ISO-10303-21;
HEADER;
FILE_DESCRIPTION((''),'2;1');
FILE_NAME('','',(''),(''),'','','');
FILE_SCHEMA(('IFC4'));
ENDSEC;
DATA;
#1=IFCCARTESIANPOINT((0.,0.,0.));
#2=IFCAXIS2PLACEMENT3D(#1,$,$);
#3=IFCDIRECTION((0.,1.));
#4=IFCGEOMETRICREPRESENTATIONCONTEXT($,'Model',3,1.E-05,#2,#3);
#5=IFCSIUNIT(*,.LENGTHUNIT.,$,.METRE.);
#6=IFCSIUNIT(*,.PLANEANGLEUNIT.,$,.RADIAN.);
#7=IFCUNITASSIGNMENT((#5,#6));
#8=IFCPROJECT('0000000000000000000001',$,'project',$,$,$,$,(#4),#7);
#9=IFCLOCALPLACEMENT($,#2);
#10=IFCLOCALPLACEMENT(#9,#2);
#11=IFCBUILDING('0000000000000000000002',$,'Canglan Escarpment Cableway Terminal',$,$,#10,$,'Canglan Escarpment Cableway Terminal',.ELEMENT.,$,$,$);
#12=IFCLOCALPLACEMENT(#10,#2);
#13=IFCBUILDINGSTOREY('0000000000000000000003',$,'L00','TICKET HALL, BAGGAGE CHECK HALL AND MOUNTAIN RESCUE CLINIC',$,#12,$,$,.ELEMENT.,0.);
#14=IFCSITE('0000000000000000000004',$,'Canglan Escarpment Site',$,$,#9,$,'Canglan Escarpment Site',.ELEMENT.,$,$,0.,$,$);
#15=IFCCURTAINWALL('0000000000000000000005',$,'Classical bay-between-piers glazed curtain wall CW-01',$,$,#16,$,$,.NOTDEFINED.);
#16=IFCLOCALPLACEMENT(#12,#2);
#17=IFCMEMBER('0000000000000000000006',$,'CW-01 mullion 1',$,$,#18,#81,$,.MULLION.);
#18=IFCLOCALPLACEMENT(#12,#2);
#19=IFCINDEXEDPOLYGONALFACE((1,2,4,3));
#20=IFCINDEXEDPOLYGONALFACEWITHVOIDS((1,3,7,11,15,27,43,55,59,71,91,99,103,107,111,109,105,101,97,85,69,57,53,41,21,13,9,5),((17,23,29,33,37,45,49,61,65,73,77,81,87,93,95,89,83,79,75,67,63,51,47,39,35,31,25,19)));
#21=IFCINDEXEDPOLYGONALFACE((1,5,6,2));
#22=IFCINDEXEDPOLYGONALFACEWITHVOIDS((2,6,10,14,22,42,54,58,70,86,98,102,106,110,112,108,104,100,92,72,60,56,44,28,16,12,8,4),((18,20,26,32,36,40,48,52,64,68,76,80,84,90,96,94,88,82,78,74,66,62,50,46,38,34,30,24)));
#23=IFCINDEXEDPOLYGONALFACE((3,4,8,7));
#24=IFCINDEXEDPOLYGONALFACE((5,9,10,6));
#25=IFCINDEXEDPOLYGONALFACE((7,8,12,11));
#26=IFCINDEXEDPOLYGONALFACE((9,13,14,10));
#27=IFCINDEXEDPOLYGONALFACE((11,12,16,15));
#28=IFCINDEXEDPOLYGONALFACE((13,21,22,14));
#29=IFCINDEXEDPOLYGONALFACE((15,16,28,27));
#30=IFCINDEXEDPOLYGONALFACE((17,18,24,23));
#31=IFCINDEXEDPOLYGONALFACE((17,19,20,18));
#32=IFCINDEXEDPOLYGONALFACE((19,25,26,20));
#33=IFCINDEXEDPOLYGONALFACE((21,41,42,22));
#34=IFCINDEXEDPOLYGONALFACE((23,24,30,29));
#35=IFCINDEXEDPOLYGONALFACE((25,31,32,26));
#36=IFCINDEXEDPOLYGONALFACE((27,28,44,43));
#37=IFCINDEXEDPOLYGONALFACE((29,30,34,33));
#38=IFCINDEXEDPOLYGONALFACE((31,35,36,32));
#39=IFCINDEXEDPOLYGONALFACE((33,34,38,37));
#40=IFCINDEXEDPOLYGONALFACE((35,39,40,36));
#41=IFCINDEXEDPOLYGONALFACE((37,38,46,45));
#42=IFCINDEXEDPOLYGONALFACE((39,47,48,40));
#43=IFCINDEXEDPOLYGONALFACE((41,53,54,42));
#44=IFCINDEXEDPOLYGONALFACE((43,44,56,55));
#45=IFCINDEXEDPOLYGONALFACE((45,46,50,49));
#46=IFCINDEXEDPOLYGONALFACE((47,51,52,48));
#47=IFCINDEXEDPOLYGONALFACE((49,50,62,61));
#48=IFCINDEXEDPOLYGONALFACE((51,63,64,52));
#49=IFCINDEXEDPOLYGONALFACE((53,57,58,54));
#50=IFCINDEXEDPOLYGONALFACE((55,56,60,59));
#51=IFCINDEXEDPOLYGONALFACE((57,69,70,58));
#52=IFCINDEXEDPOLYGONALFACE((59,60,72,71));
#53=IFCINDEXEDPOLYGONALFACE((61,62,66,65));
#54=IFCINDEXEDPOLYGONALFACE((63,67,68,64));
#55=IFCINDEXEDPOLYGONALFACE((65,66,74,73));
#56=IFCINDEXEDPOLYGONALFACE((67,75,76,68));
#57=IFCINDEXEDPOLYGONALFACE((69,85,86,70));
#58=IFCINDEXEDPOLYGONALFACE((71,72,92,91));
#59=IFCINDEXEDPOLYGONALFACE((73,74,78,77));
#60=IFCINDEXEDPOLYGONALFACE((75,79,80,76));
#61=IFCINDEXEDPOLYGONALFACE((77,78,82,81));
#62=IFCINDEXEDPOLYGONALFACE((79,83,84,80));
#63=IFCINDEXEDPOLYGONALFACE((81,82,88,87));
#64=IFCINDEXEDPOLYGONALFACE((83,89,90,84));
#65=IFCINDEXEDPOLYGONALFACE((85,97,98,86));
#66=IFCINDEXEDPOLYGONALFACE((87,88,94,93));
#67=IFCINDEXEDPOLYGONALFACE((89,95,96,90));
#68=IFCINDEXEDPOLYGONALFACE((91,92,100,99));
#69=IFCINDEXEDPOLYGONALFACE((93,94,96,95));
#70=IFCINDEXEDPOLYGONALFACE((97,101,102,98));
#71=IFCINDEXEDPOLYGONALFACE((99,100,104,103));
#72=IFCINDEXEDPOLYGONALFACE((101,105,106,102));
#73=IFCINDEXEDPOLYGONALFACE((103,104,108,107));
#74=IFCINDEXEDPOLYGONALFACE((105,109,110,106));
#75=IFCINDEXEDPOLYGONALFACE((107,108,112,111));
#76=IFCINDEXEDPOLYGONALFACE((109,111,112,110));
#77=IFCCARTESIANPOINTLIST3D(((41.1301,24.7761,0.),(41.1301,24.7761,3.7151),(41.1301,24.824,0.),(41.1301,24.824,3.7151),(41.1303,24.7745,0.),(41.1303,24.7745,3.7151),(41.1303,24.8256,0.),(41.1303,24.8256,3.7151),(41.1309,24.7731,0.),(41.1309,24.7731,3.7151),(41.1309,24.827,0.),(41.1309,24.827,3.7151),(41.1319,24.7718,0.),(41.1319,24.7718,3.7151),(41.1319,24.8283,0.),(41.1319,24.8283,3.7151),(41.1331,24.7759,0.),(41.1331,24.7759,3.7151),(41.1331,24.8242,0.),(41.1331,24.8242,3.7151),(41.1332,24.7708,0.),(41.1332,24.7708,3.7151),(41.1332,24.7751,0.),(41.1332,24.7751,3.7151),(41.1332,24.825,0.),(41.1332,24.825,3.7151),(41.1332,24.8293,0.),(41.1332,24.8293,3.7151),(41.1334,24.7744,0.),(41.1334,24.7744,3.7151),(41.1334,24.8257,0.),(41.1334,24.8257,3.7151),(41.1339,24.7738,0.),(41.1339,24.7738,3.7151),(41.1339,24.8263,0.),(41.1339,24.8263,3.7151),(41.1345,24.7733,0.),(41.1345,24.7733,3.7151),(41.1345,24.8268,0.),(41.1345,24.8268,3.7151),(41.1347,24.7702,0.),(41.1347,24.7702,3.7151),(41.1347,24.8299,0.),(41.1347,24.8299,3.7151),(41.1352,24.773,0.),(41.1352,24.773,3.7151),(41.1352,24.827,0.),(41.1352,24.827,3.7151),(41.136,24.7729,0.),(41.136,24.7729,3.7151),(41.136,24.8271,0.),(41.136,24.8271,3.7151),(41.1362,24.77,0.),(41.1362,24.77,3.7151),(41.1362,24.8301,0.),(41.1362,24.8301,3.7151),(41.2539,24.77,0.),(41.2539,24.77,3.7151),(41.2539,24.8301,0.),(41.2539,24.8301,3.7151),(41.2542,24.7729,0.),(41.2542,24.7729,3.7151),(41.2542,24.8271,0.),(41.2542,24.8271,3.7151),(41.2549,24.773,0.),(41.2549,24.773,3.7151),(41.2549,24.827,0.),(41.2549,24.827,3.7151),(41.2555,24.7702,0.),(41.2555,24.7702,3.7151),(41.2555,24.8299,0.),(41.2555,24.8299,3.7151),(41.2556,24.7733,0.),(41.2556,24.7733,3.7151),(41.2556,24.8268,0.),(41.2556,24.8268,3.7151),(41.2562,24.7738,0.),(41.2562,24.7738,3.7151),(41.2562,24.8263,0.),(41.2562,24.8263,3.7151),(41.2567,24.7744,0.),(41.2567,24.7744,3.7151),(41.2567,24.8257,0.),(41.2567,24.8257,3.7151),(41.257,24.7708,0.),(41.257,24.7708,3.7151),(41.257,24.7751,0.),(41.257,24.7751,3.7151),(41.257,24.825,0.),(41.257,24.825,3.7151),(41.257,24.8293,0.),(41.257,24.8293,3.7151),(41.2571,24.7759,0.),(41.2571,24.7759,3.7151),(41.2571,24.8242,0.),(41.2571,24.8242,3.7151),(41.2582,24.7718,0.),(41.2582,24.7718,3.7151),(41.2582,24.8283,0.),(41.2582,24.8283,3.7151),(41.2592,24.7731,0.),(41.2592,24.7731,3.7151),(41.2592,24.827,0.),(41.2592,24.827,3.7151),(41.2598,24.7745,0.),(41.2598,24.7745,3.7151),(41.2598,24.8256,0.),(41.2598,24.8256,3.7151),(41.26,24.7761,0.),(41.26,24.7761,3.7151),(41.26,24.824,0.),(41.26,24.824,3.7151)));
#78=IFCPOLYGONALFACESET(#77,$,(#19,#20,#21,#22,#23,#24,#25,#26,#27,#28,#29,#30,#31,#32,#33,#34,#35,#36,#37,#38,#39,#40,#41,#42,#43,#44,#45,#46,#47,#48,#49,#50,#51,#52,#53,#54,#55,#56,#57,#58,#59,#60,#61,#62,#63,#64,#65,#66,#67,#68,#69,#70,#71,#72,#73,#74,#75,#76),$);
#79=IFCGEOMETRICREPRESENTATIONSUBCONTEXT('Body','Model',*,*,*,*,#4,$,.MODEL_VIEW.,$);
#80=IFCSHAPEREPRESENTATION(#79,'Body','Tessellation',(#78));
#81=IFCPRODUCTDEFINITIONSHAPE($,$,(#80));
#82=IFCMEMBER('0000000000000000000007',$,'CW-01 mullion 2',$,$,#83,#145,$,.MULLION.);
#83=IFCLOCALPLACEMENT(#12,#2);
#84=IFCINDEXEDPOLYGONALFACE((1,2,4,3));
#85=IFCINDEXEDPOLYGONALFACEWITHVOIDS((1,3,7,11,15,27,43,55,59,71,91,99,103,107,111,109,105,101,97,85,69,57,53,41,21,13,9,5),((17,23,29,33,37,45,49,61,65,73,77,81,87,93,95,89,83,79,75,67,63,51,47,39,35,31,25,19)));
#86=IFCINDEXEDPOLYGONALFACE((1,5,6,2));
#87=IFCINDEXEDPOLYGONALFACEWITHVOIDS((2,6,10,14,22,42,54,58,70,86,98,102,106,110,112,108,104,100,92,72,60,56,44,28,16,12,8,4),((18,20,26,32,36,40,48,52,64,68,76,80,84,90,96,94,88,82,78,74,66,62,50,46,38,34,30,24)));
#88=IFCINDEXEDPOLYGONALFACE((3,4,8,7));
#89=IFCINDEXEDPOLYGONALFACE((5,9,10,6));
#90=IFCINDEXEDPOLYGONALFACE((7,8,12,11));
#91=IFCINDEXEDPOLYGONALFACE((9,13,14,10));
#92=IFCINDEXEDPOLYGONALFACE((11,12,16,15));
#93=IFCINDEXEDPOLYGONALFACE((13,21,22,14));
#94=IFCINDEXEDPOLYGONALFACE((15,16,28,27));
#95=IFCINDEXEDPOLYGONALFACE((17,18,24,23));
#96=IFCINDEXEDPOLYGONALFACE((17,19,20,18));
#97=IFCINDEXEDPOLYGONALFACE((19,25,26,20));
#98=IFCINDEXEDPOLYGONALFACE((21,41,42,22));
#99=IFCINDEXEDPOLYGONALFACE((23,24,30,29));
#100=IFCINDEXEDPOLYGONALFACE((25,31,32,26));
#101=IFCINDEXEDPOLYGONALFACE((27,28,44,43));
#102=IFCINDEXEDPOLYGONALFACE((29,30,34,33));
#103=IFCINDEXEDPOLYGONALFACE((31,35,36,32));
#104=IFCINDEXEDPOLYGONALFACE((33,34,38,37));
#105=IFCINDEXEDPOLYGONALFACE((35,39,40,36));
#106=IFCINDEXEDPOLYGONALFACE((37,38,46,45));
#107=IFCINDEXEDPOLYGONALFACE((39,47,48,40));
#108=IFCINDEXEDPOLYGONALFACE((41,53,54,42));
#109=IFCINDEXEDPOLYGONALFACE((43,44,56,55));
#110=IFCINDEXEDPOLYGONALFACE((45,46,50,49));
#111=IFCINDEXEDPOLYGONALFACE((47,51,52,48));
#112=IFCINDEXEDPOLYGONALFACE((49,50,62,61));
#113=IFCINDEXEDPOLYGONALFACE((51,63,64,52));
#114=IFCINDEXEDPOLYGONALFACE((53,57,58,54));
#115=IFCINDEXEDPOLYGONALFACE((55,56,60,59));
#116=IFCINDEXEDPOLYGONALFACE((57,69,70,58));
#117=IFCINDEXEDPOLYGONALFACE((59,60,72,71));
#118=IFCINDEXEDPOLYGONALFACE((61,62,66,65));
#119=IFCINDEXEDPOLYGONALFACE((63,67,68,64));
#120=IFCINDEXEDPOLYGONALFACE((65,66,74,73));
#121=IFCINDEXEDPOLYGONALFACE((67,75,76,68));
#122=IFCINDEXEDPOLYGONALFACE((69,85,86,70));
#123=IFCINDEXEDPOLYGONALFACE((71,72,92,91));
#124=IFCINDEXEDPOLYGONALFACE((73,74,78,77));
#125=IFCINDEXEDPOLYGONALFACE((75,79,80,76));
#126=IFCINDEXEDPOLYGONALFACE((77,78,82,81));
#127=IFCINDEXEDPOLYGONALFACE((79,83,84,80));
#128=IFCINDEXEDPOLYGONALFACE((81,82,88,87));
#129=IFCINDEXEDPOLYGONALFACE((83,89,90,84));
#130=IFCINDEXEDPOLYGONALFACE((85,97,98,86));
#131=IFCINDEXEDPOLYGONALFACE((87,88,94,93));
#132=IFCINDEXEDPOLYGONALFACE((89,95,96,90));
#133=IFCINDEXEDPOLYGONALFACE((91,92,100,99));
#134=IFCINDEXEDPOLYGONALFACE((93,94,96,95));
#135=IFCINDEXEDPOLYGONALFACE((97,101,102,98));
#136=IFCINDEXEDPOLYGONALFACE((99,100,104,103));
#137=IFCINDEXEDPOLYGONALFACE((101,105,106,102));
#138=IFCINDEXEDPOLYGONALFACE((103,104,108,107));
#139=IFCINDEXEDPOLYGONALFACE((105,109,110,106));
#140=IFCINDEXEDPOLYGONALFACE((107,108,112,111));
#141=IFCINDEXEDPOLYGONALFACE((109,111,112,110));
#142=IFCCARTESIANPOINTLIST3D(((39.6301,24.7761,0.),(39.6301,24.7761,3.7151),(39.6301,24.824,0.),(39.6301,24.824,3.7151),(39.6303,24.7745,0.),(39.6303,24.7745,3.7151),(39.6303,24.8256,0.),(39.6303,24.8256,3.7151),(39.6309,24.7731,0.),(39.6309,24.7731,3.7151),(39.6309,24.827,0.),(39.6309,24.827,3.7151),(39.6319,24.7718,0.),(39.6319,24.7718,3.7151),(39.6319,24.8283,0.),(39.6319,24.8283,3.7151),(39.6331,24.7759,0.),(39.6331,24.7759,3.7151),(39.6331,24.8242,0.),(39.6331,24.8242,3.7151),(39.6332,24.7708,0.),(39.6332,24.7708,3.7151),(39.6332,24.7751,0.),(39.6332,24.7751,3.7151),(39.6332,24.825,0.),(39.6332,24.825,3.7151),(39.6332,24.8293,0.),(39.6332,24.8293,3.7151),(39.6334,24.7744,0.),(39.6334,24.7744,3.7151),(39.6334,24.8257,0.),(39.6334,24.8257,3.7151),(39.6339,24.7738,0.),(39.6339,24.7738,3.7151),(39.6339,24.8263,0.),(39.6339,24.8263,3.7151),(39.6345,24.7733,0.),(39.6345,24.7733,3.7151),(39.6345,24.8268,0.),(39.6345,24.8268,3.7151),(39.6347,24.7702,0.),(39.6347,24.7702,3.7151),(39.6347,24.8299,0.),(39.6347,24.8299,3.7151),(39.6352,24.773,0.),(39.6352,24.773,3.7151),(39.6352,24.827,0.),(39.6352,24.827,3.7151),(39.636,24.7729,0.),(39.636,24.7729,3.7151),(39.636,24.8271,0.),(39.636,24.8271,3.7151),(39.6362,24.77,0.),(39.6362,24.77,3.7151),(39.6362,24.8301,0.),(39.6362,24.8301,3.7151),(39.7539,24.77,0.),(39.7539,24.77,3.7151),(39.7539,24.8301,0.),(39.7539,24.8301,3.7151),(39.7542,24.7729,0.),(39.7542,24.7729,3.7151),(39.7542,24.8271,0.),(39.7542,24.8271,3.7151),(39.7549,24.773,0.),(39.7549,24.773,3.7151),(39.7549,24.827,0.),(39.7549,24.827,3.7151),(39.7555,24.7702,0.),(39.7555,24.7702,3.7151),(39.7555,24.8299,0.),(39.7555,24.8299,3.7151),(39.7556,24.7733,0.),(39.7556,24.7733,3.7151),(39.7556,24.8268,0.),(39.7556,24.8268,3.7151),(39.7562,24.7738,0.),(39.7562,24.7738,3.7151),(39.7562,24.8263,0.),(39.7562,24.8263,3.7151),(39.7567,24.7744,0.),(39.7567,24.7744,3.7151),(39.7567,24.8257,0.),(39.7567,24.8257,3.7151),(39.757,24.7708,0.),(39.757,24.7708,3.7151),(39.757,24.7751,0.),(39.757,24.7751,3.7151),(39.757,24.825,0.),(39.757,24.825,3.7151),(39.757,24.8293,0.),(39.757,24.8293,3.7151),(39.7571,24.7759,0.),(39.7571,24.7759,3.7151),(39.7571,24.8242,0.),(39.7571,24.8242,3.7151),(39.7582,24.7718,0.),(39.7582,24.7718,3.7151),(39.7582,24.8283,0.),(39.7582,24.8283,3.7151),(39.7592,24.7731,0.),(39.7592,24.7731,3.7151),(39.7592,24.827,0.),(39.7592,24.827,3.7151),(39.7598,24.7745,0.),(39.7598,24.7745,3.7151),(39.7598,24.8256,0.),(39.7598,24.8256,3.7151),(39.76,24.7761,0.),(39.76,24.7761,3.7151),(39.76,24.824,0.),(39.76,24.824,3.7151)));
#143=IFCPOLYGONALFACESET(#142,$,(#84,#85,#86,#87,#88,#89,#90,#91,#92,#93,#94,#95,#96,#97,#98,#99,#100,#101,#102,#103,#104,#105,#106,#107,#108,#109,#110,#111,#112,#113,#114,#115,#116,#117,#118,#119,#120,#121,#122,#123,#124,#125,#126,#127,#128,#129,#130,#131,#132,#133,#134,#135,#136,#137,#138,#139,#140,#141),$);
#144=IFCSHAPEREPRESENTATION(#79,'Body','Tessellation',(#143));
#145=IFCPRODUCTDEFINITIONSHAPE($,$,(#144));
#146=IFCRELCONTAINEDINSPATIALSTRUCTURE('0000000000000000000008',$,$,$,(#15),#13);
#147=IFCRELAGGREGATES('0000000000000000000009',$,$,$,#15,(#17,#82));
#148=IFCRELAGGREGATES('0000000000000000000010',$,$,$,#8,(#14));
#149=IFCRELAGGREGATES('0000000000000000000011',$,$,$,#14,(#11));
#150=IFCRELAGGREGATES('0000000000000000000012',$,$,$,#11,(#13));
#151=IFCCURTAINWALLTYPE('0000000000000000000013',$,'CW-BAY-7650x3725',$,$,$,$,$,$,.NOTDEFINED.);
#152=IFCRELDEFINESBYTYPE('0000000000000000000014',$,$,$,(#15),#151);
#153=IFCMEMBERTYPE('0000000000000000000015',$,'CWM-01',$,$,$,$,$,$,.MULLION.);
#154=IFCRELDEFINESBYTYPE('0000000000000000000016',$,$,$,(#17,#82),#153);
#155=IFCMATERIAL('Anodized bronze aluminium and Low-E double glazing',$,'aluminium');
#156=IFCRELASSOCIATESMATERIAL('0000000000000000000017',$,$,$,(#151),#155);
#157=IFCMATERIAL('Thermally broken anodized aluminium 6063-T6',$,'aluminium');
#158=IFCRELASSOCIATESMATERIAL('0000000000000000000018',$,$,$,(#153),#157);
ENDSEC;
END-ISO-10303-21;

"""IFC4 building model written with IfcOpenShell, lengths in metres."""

from ifc_helpers import new_model, si_unit, direction, frame, origin, origin_2d, place, context, subcontext, project, spatial, hollow_rectangle, extrude, material, material_profile, profile_set, type_object, element, aggregate, save


model = new_model("IFC4")

# Units and contexts
model_context = context("Model", 3, precision=1e-05, world=origin(), true_north=direction((0.0, 1.0)))
body_context = subcontext(model_context, "Body", "Model", "MODEL_VIEW")
ifc_project = project(units=[si_unit("LENGTHUNIT", "METRE"), si_unit("PLANEANGLEUNIT", "RADIAN")], contexts=[model_context])

# Site, building, storey
site_placement = place(None, origin())
site = spatial("IfcSite", under=ifc_project, at=site_placement, Name="Canglan Escarpment Site", LongName="Canglan Escarpment Site", CompositionType="ELEMENT", RefElevation=0.0)
building_placement = place(site_placement, origin())
building = spatial("IfcBuilding", under=site, at=building_placement, Name="Canglan Escarpment Cableway Terminal", LongName="Canglan Escarpment Cableway Terminal", CompositionType="ELEMENT")
storey_placement = place(building_placement, origin())
storey = spatial("IfcBuildingStorey", under=building, at=storey_placement, Name="L00", Description="TICKET HALL, BAGGAGE CHECK HALL AND MOUNTAIN RESCUE CLINIC", CompositionType="ELEMENT", Elevation=0.0)

# Curtain wall, members
ifc_material_1 = material(Name="Anodized bronze aluminium and Low-E double glazing", Category="aluminium")
curtain_wall_type_1 = type_object("IfcCurtainWallType", Name="CW-BAY-7650x3725", PredefinedType="NOTDEFINED", material=ifc_material_1)
curtain_wall_1_placement = place(storey_placement, origin())
curtain_wall_1 = element("IfcCurtainWall", 1, at=curtain_wall_1_placement, inside=storey, type_object=curtain_wall_type_1, Name="Classical bay-between-piers glazed curtain wall CW-01", PredefinedType="NOTDEFINED")
ifc_material_2 = material(Name="Thermally broken anodized aluminium 6063-T6", Category="aluminium")
ifc_material_profile_1 = material_profile(ifc_material_2, hollow_rectangle(XDim=0.0601, YDim=0.1299, WallThickness=0.0029, InnerFilletRadius=0.0029, OuterFilletRadius=0.0061, at=origin_2d()), Name="ALU-MULL 60x130x3")
ifc_profile_set_1 = profile_set([ifc_material_profile_1], Name="Thermally broken anodized aluminium 6063-T6")
member_type_1 = type_object("IfcMemberType", Name="CWM-01", PredefinedType="MULLION", material=ifc_profile_set_1)
member_1_placement = place(storey_placement, frame((41.1951, 24.8, 0.0), z_axis=(0.0, 0.0, 1.0), x_axis=(0.0, -1.0, 0.0)))
member_1 = element("IfcMember", 2, at=member_1_placement, type_object=member_type_1, Name="CW-01 mullion 1", PredefinedType="MULLION", context=body_context, shape_type="SweptSolid", body=[
    extrude(hollow_rectangle(XDim=0.0601, YDim=0.1299, WallThickness=0.0029, InnerFilletRadius=0.0029, OuterFilletRadius=0.0061, at=origin_2d()), origin(), (0.0, 0.0, 1.0), 3.7151),
])
member_2_placement = place(storey_placement, frame((39.6951, 24.8, 0.0), z_axis=(0.0, 0.0, 1.0), x_axis=(0.0, -1.0, 0.0)))
member_2 = element("IfcMember", 3, at=member_2_placement, type_object=member_type_1, Name="CW-01 mullion 2", PredefinedType="MULLION", context=body_context, shape_type="SweptSolid", body=[
    extrude(hollow_rectangle(XDim=0.0601, YDim=0.1299, WallThickness=0.0029, InnerFilletRadius=0.0029, OuterFilletRadius=0.0061, at=origin_2d()), origin(), (0.0, 0.0, 1.0), 3.7151),
])

aggregate(curtain_wall_1, [member_1, member_2])

save(model, "model.ifc")
